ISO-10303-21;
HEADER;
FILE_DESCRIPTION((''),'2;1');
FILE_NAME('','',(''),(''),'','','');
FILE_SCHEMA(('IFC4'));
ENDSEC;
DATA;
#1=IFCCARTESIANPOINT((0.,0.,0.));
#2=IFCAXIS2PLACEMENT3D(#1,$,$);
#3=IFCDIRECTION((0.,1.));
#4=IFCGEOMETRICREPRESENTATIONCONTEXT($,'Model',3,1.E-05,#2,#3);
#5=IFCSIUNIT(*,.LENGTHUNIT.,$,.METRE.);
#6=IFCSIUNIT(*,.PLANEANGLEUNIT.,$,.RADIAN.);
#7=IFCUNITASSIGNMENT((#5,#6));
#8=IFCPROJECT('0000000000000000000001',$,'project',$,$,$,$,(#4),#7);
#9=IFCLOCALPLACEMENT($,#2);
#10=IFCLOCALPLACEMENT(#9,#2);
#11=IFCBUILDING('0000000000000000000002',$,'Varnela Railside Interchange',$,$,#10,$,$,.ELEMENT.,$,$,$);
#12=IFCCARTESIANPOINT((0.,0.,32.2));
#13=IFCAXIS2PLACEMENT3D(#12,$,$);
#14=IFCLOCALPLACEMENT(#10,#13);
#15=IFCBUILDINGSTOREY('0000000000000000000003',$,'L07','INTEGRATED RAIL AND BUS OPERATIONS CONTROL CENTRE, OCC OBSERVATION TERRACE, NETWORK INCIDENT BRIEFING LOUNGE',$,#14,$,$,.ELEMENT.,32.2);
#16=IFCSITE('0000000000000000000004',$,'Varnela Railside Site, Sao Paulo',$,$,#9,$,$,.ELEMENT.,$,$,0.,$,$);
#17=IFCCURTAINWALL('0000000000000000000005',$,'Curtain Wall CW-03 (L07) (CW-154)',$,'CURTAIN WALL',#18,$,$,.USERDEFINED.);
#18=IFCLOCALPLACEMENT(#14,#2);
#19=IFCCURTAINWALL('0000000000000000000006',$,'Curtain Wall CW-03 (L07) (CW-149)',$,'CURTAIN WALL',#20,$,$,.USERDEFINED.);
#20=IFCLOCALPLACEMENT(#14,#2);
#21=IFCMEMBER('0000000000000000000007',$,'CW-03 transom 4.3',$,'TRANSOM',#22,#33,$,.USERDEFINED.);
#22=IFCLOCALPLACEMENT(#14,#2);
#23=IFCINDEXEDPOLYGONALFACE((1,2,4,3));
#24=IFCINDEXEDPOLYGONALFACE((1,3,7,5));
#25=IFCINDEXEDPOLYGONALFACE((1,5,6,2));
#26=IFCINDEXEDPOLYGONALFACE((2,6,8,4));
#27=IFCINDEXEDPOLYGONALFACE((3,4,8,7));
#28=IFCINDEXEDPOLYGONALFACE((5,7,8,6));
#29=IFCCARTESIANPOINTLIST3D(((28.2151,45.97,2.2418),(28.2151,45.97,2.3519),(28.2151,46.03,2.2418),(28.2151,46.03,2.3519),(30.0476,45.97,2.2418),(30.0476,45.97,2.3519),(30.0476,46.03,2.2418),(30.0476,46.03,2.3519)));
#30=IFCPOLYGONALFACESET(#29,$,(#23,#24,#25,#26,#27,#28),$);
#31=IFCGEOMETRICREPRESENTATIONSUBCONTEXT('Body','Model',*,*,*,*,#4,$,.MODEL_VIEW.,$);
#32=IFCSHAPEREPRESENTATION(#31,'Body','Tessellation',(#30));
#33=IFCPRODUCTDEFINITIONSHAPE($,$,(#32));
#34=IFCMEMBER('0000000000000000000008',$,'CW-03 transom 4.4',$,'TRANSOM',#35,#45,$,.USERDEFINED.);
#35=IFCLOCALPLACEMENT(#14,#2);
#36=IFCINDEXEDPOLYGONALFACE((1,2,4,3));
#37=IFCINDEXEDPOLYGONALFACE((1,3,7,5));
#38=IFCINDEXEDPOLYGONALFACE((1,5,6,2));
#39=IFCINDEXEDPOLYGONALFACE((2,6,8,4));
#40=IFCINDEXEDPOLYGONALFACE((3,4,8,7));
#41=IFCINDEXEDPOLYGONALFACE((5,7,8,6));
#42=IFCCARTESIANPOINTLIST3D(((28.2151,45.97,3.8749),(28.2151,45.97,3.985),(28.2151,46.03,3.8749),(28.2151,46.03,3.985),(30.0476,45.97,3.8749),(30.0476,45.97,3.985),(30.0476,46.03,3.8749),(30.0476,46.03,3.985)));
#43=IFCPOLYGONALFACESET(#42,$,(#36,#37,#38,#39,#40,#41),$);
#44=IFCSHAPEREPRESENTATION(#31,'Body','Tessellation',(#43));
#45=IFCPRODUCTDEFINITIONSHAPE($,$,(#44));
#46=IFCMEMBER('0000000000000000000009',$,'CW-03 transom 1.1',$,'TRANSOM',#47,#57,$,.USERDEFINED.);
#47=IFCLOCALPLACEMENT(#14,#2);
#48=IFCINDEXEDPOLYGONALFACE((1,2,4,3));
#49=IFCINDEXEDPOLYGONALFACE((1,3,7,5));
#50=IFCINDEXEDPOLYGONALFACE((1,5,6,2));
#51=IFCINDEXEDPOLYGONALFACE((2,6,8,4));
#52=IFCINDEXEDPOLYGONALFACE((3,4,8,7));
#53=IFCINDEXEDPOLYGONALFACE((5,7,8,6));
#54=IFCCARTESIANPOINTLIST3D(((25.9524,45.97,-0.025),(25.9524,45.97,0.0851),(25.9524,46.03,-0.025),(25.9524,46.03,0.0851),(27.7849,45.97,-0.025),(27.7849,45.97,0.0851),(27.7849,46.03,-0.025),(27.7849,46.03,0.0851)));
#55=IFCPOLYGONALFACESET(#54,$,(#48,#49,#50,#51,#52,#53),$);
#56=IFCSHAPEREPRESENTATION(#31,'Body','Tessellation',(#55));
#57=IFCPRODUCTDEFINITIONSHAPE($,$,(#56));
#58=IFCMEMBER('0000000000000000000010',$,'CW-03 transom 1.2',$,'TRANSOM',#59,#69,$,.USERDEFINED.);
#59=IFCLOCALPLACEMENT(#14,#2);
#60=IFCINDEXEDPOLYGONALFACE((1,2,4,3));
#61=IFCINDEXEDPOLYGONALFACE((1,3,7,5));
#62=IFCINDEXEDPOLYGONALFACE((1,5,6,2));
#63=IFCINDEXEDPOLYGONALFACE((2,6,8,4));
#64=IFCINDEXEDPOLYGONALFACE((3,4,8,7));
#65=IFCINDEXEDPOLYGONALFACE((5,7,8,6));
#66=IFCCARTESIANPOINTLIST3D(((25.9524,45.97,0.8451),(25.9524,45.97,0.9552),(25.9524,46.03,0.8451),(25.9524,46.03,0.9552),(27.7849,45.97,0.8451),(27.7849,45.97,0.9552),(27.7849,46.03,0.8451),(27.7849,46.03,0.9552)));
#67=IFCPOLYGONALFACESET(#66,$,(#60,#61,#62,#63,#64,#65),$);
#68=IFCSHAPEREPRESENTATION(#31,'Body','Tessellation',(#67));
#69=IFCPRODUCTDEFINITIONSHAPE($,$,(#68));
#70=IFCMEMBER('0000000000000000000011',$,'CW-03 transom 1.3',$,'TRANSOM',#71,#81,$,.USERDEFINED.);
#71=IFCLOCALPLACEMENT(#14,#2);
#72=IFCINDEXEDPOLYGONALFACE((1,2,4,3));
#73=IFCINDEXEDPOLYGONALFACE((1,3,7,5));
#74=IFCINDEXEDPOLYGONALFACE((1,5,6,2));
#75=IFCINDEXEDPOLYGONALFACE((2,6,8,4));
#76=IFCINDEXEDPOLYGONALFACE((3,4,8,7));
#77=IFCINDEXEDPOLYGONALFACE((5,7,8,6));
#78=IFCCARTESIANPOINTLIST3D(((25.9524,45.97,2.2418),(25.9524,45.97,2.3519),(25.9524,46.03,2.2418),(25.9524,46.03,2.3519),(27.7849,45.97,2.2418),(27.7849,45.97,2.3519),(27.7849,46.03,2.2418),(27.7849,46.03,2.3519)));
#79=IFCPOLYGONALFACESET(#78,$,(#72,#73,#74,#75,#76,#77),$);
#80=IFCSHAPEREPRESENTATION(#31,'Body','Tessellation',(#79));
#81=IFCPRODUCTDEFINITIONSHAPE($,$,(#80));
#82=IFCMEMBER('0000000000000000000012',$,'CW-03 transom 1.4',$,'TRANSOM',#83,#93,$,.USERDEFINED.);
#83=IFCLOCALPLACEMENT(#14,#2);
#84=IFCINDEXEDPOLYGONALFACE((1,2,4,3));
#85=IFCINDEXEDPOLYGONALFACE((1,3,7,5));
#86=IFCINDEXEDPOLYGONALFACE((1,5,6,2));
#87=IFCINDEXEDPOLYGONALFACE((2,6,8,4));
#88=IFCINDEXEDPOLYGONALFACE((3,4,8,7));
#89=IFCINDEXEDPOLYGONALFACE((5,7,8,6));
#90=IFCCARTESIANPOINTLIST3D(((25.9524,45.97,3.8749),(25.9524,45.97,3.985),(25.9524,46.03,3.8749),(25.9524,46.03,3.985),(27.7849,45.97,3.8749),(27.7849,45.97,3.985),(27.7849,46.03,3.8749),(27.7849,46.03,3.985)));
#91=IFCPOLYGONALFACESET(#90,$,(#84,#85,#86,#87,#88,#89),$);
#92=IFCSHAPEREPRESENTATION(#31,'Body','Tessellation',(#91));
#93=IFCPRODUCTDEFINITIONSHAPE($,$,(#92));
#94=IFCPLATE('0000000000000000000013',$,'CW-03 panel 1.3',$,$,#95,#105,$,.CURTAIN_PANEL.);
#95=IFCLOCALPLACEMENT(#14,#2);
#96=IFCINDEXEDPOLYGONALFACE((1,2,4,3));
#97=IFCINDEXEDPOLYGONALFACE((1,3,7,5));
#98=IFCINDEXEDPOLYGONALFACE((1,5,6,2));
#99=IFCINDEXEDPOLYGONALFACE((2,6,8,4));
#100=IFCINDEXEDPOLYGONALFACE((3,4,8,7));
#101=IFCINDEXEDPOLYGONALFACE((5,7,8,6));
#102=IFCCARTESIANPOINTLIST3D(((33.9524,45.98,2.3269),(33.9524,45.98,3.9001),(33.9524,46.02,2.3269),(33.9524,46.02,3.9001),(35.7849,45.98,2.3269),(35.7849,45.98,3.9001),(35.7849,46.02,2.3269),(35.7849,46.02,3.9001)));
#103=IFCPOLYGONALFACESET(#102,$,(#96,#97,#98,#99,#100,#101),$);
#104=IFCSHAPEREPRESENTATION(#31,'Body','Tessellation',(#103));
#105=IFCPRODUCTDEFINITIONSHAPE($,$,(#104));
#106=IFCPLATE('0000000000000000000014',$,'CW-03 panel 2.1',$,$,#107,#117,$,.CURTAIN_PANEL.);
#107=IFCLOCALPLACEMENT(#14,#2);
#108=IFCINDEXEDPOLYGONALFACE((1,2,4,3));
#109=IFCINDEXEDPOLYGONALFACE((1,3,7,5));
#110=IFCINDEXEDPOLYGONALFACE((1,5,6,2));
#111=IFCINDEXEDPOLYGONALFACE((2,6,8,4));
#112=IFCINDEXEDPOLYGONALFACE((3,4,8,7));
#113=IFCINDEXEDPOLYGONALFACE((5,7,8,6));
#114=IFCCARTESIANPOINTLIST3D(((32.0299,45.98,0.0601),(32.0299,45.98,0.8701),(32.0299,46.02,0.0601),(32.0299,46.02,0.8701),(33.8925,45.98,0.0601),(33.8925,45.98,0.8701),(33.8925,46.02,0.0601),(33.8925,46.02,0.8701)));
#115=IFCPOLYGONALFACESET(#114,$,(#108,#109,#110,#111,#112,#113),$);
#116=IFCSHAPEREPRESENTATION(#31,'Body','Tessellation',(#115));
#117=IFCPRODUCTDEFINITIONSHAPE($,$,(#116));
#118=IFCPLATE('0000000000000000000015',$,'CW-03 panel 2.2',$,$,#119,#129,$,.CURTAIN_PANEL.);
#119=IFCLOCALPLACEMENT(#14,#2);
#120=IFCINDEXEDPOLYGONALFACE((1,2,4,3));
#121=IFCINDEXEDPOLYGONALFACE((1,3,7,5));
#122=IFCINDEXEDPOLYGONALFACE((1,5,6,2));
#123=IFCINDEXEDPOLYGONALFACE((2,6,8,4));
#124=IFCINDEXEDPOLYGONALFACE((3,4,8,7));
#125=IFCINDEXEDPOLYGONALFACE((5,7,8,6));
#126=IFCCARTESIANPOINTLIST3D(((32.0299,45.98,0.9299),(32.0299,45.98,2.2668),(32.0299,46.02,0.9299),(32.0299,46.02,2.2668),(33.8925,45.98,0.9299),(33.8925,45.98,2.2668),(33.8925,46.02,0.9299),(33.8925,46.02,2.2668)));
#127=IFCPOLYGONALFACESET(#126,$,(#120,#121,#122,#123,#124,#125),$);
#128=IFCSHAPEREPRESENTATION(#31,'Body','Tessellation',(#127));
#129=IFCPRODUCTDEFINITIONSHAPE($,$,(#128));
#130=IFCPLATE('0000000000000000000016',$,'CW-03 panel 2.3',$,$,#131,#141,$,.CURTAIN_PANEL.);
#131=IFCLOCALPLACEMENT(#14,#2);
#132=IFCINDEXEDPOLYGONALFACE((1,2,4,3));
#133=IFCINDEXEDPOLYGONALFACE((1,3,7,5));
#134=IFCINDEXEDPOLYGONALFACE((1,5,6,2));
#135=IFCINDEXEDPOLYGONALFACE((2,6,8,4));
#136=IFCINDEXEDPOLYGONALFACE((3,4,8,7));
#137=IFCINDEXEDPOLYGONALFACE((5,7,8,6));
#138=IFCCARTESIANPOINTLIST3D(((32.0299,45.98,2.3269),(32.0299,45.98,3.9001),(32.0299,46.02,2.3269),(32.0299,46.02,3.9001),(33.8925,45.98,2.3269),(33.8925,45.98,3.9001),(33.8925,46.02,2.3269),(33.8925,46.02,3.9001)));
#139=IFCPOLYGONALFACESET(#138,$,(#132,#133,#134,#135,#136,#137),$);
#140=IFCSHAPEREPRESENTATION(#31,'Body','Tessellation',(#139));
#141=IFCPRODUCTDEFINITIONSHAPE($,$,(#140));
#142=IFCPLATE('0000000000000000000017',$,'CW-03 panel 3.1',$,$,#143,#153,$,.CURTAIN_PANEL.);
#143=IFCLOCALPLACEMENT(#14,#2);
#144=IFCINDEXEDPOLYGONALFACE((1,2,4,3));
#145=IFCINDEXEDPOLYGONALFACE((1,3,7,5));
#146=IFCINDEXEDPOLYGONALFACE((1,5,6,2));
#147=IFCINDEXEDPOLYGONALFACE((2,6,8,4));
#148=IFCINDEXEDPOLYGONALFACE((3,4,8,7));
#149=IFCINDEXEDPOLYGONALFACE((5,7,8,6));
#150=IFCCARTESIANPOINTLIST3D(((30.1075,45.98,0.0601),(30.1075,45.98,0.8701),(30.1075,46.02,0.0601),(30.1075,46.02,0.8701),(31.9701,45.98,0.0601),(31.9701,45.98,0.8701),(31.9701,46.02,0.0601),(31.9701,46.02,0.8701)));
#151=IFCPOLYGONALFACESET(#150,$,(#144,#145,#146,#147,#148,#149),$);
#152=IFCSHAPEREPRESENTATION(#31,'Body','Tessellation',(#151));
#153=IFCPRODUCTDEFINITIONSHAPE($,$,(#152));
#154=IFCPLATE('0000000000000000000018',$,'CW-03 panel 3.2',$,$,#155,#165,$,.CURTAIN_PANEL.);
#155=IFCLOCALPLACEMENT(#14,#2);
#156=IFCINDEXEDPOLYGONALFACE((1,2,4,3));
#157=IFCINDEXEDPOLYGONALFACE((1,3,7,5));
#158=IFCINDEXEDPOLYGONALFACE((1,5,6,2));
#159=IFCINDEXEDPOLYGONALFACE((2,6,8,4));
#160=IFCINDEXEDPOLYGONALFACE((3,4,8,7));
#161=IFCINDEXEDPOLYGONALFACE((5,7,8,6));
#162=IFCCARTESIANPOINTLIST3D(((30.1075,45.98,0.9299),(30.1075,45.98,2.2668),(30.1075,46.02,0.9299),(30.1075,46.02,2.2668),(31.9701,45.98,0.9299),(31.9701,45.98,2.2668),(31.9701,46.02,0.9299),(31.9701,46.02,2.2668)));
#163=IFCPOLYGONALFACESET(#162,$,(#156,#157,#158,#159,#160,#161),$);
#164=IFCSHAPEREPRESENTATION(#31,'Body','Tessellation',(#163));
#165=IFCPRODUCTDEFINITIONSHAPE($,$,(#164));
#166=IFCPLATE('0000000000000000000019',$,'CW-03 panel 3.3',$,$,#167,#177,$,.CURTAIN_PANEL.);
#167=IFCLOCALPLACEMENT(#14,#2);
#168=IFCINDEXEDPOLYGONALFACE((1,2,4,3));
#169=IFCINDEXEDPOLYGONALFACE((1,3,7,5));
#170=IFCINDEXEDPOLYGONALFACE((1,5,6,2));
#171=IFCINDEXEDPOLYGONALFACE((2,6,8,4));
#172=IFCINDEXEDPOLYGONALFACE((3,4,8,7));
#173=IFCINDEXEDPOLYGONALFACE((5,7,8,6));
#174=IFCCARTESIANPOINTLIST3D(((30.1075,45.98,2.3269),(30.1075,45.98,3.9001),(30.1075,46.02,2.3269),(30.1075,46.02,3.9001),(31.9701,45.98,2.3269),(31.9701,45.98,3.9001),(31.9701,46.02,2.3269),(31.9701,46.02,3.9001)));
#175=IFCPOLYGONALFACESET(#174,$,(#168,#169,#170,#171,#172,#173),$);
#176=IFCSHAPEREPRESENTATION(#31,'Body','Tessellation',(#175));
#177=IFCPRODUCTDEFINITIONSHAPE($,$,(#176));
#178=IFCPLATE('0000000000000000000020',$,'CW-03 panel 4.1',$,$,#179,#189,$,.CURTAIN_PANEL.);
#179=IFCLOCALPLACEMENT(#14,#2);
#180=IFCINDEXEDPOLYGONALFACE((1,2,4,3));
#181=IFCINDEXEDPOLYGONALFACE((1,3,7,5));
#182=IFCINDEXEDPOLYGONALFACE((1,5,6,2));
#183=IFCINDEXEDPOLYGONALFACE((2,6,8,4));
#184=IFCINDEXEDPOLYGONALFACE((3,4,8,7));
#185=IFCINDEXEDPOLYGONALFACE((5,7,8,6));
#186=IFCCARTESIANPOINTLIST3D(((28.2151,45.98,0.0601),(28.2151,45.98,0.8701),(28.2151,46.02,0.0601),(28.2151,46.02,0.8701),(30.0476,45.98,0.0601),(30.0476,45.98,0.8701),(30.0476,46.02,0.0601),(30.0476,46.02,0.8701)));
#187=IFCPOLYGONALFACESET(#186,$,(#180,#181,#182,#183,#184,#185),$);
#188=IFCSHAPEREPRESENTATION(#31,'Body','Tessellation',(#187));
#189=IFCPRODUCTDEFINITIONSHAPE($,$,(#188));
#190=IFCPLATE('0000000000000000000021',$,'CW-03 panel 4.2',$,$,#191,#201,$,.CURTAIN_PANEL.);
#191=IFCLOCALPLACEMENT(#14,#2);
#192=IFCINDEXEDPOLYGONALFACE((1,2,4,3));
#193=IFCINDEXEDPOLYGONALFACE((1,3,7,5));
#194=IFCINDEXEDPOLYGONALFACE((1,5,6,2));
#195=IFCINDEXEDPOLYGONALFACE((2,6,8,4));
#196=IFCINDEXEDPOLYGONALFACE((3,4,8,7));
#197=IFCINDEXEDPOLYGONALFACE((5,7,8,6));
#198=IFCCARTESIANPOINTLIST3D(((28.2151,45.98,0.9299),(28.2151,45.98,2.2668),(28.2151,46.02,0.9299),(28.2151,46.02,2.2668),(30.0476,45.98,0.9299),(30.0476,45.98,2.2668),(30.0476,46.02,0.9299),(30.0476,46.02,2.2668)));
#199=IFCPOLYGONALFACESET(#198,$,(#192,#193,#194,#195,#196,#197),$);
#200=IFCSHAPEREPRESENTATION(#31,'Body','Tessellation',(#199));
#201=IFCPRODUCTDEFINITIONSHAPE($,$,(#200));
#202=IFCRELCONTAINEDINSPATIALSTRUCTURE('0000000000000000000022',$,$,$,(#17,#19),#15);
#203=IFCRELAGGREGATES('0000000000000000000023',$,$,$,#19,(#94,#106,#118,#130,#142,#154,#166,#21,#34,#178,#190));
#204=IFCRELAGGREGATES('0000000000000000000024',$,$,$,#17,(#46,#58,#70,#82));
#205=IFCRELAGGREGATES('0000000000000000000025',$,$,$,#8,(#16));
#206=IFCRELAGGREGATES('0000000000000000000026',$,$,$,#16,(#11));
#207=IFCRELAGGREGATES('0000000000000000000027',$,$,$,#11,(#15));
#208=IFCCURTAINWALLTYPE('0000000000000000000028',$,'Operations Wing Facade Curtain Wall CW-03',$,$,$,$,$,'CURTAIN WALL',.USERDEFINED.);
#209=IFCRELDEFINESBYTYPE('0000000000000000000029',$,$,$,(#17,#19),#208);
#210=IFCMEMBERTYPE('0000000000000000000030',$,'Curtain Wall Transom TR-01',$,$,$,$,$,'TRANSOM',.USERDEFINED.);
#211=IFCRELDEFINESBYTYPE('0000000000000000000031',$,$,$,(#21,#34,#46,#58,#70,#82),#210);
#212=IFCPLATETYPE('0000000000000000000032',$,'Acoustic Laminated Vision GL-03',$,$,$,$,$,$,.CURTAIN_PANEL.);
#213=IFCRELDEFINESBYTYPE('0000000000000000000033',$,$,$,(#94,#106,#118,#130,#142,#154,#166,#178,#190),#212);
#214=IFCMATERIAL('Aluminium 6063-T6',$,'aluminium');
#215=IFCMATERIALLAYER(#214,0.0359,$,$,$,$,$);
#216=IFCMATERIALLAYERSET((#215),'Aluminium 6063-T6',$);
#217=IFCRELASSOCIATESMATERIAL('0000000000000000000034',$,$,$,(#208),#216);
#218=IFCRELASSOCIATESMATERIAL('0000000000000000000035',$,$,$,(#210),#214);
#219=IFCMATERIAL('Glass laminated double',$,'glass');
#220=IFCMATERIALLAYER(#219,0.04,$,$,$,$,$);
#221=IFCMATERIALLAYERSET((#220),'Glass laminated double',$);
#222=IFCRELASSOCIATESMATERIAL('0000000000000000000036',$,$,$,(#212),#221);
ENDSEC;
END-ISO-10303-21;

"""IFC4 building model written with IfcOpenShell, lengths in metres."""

from ifc_helpers import new_model, si_unit, direction, frame, origin, origin_2d, place, context, subcontext, project, spatial, rectangle, extrude, material, layer, layer_set, material_profile, profile_set, type_object, element, aggregate, save


model = new_model("IFC4")

# Units and contexts
model_context = context("Model", 3, precision=1e-05, world=origin(), true_north=direction((0.0, 1.0)))
body_context = subcontext(model_context, "Body", "Model", "MODEL_VIEW")
ifc_project = project(units=[si_unit("LENGTHUNIT", "METRE"), si_unit("PLANEANGLEUNIT", "RADIAN")], contexts=[model_context])

# Site, building, storey
site_placement = place(None, origin())
site = spatial("IfcSite", under=ifc_project, at=site_placement, Name="Varnela Railside Site, Sao Paulo", CompositionType="ELEMENT", RefElevation=0.0)
building_placement = place(site_placement, origin())
building = spatial("IfcBuilding", under=site, at=building_placement, Name="Varnela Railside Interchange", CompositionType="ELEMENT")
storey_placement = place(building_placement, frame((0.0, 0.0, 32.2)))
storey = spatial("IfcBuildingStorey", under=building, at=storey_placement, Name="L07", Description="INTEGRATED RAIL AND BUS OPERATIONS CONTROL CENTRE, OCC OBSERVATION TERRACE, NETWORK INCIDENT BRIEFING LOUNGE", CompositionType="ELEMENT", Elevation=32.2)

# Curtain walls, members
ifc_material_1 = material(Name="Aluminium 6063-T6", Category="aluminium")
ifc_layer_1 = layer(ifc_material_1, 0.0359)
ifc_layer_set_1 = layer_set([ifc_layer_1], Name="Aluminium 6063-T6")
curtain_wall_type = type_object("IfcCurtainWallType", Name="Operations Wing Facade Curtain Wall CW-03", ElementType="CURTAIN WALL", PredefinedType="USERDEFINED", material=ifc_layer_set_1)
curtain_wall_1_placement = place(storey_placement, origin())
curtain_wall_1 = element("IfcCurtainWall", 1, at=curtain_wall_1_placement, inside=storey, type_object=curtain_wall_type, Name="Curtain Wall CW-03 (L07) (CW-154)", ObjectType="CURTAIN WALL", PredefinedType="USERDEFINED")
curtain_wall_2_placement = place(storey_placement, origin())
curtain_wall_2 = element("IfcCurtainWall", 2, at=curtain_wall_2_placement, inside=storey, type_object=curtain_wall_type, Name="Curtain Wall CW-03 (L07) (CW-149)", ObjectType="CURTAIN WALL", PredefinedType="USERDEFINED")
ifc_material_profile_1 = material_profile(ifc_material_1, rectangle(XDim=0.0601, YDim=0.1101, at=origin_2d()), Name="ALU 60x110")
ifc_profile_set_1 = profile_set([ifc_material_profile_1], Name="Aluminium 6063-T6")
member_type_1 = type_object("IfcMemberType", Name="Curtain Wall Transom TR-01", ElementType="TRANSOM", PredefinedType="USERDEFINED", material=ifc_profile_set_1)
member_1_placement = place(storey_placement, frame((30.0476, 46.0, 2.2969), z_axis=(-1.0, 0.0, 0.0), x_axis=(0.0, -1.0, 0.0)))
member_1 = element("IfcMember", 3, at=member_1_placement, type_object=member_type_1, Name="CW-03 transom 4.3", ObjectType="TRANSOM", PredefinedType="USERDEFINED", context=body_context, shape_type="SweptSolid", body=[
    extrude(rectangle(XDim=0.0601, YDim=0.1101, at=origin_2d()), origin(), (0.0, 0.0, 1.0), 1.8325),
])
member_2_placement = place(storey_placement, frame((30.0476, 46.0, 3.9299), z_axis=(-1.0, 0.0, 0.0), x_axis=(0.0, -1.0, 0.0)))
member_2 = element("IfcMember", 4, at=member_2_placement, type_object=member_type_1, Name="CW-03 transom 4.4", ObjectType="TRANSOM", PredefinedType="USERDEFINED", context=body_context, shape_type="SweptSolid", body=[
    extrude(rectangle(XDim=0.0601, YDim=0.1101, at=origin_2d()), origin(), (0.0, 0.0, 1.0), 1.8325),
])

# Members
member_3_placement = place(storey_placement, frame((27.7849, 46.0, 0.03), z_axis=(-1.0, 0.0, 0.0), x_axis=(0.0, -1.0, 0.0)))
member_3 = element("IfcMember", 5, at=member_3_placement, type_object=member_type_1, Name="CW-03 transom 1.1", ObjectType="TRANSOM", PredefinedType="USERDEFINED", context=body_context, shape_type="SweptSolid", body=[
    extrude(rectangle(XDim=0.0601, YDim=0.1101, at=origin_2d()), origin(), (0.0, 0.0, 1.0), 1.8325),
])
member_4_placement = place(storey_placement, frame((27.7849, 46.0, 0.9001), z_axis=(-1.0, 0.0, 0.0), x_axis=(0.0, -1.0, 0.0)))
member_4 = element("IfcMember", 6, at=member_4_placement, type_object=member_type_1, Name="CW-03 transom 1.2", ObjectType="TRANSOM", PredefinedType="USERDEFINED", context=body_context, shape_type="SweptSolid", body=[
    extrude(rectangle(XDim=0.0601, YDim=0.1101, at=origin_2d()), origin(), (0.0, 0.0, 1.0), 1.8325),
])
member_5_placement = place(storey_placement, frame((27.7849, 46.0, 2.2969), z_axis=(-1.0, 0.0, 0.0), x_axis=(0.0, -1.0, 0.0)))
member_5 = element("IfcMember", 7, at=member_5_placement, type_object=member_type_1, Name="CW-03 transom 1.3", ObjectType="TRANSOM", PredefinedType="USERDEFINED", context=body_context, shape_type="SweptSolid", body=[
    extrude(rectangle(XDim=0.0601, YDim=0.1101, at=origin_2d()), origin(), (0.0, 0.0, 1.0), 1.8325),
])
member_6_placement = place(storey_placement, frame((27.7849, 46.0, 3.9299), z_axis=(-1.0, 0.0, 0.0), x_axis=(0.0, -1.0, 0.0)))
member_6 = element("IfcMember", 8, at=member_6_placement, type_object=member_type_1, Name="CW-03 transom 1.4", ObjectType="TRANSOM", PredefinedType="USERDEFINED", context=body_context, shape_type="SweptSolid", body=[
    extrude(rectangle(XDim=0.0601, YDim=0.1101, at=origin_2d()), origin(), (0.0, 0.0, 1.0), 1.8325),
])

# Plates
ifc_material_2 = material(Name="Glass laminated double", Category="glass")
ifc_layer_2 = layer(ifc_material_2, 0.04)
ifc_layer_set_2 = layer_set([ifc_layer_2], Name="Glass laminated double")
plate_type = type_object("IfcPlateType", Name="Acoustic Laminated Vision GL-03", PredefinedType="CURTAIN_PANEL", material=ifc_layer_set_2)
plate_1_placement = place(storey_placement, frame((34.8687, 46.0, 2.3269), z_axis=(0.0, 0.0, 1.0), x_axis=(-1.0, 0.0, 0.0)))
plate_1 = element("IfcPlate", 9, at=plate_1_placement, type_object=plate_type, Name="CW-03 panel 1.3", PredefinedType="CURTAIN_PANEL", context=body_context, shape_type="SweptSolid", body=[
    extrude(rectangle(XDim=1.8325, YDim=0.04, at=origin_2d()), origin(), (0.0, 0.0, 1.0), 1.5732),
])
plate_2_placement = place(storey_placement, frame((32.9612, 46.0, 0.0601), z_axis=(0.0, 0.0, 1.0), x_axis=(-1.0, 0.0, 0.0)))
plate_2 = element("IfcPlate", 10, at=plate_2_placement, type_object=plate_type, Name="CW-03 panel 2.1", PredefinedType="CURTAIN_PANEL", context=body_context, shape_type="SweptSolid", body=[
    extrude(rectangle(XDim=1.8625, YDim=0.04, at=origin_2d()), origin(), (0.0, 0.0, 1.0), 0.8101),
])
plate_3_placement = place(storey_placement, frame((32.9612, 46.0, 0.9299), z_axis=(0.0, 0.0, 1.0), x_axis=(-1.0, 0.0, 0.0)))
plate_3 = element("IfcPlate", 11, at=plate_3_placement, type_object=plate_type, Name="CW-03 panel 2.2", PredefinedType="CURTAIN_PANEL", context=body_context, shape_type="SweptSolid", body=[
    extrude(rectangle(XDim=1.8625, YDim=0.04, at=origin_2d()), origin(), (0.0, 0.0, 1.0), 1.3369),
])
plate_4_placement = place(storey_placement, frame((32.9612, 46.0, 2.3269), z_axis=(0.0, 0.0, 1.0), x_axis=(-1.0, 0.0, 0.0)))
plate_4 = element("IfcPlate", 12, at=plate_4_placement, type_object=plate_type, Name="CW-03 panel 2.3", PredefinedType="CURTAIN_PANEL", context=body_context, shape_type="SweptSolid", body=[
    extrude(rectangle(XDim=1.8625, YDim=0.04, at=origin_2d()), origin(), (0.0, 0.0, 1.0), 1.5732),
])
plate_5_placement = place(storey_placement, frame((31.0388, 46.0, 0.0601), z_axis=(0.0, 0.0, 1.0), x_axis=(-1.0, 0.0, 0.0)))
plate_5 = element("IfcPlate", 13, at=plate_5_placement, type_object=plate_type, Name="CW-03 panel 3.1", PredefinedType="CURTAIN_PANEL", context=body_context, shape_type="SweptSolid", body=[
    extrude(rectangle(XDim=1.8625, YDim=0.04, at=origin_2d()), origin(), (0.0, 0.0, 1.0), 0.8101),
])
plate_6_placement = place(storey_placement, frame((31.0388, 46.0, 0.9299), z_axis=(0.0, 0.0, 1.0), x_axis=(-1.0, 0.0, 0.0)))
plate_6 = element("IfcPlate", 14, at=plate_6_placement, type_object=plate_type, Name="CW-03 panel 3.2", PredefinedType="CURTAIN_PANEL", context=body_context, shape_type="SweptSolid", body=[
    extrude(rectangle(XDim=1.8625, YDim=0.04, at=origin_2d()), origin(), (0.0, 0.0, 1.0), 1.3369),
])
plate_7_placement = place(storey_placement, frame((31.0388, 46.0, 2.3269), z_axis=(0.0, 0.0, 1.0), x_axis=(-1.0, 0.0, 0.0)))
plate_7 = element("IfcPlate", 15, at=plate_7_placement, type_object=plate_type, Name="CW-03 panel 3.3", PredefinedType="CURTAIN_PANEL", context=body_context, shape_type="SweptSolid", body=[
    extrude(rectangle(XDim=1.8625, YDim=0.04, at=origin_2d()), origin(), (0.0, 0.0, 1.0), 1.5732),
])
plate_8_placement = place(storey_placement, frame((29.1313, 46.0, 0.0601), z_axis=(0.0, 0.0, 1.0), x_axis=(-1.0, 0.0, 0.0)))
plate_8 = element("IfcPlate", 16, at=plate_8_placement, type_object=plate_type, Name="CW-03 panel 4.1", PredefinedType="CURTAIN_PANEL", context=body_context, shape_type="SweptSolid", body=[
    extrude(rectangle(XDim=1.8325, YDim=0.04, at=origin_2d()), origin(), (0.0, 0.0, 1.0), 0.8101),
])
plate_9_placement = place(storey_placement, frame((29.1313, 46.0, 0.9299), z_axis=(0.0, 0.0, 1.0), x_axis=(-1.0, 0.0, 0.0)))
plate_9 = element("IfcPlate", 17, at=plate_9_placement, type_object=plate_type, Name="CW-03 panel 4.2", PredefinedType="CURTAIN_PANEL", context=body_context, shape_type="SweptSolid", body=[
    extrude(rectangle(XDim=1.8325, YDim=0.04, at=origin_2d()), origin(), (0.0, 0.0, 1.0), 1.3369),
])
aggregate(curtain_wall_2, [plate_1, plate_2, plate_3, plate_4, plate_5, plate_6, plate_7, member_1, member_2, plate_8, plate_9])
aggregate(curtain_wall_1, [member_3, member_4, member_5, member_6])

save(model, "model.ifc")
